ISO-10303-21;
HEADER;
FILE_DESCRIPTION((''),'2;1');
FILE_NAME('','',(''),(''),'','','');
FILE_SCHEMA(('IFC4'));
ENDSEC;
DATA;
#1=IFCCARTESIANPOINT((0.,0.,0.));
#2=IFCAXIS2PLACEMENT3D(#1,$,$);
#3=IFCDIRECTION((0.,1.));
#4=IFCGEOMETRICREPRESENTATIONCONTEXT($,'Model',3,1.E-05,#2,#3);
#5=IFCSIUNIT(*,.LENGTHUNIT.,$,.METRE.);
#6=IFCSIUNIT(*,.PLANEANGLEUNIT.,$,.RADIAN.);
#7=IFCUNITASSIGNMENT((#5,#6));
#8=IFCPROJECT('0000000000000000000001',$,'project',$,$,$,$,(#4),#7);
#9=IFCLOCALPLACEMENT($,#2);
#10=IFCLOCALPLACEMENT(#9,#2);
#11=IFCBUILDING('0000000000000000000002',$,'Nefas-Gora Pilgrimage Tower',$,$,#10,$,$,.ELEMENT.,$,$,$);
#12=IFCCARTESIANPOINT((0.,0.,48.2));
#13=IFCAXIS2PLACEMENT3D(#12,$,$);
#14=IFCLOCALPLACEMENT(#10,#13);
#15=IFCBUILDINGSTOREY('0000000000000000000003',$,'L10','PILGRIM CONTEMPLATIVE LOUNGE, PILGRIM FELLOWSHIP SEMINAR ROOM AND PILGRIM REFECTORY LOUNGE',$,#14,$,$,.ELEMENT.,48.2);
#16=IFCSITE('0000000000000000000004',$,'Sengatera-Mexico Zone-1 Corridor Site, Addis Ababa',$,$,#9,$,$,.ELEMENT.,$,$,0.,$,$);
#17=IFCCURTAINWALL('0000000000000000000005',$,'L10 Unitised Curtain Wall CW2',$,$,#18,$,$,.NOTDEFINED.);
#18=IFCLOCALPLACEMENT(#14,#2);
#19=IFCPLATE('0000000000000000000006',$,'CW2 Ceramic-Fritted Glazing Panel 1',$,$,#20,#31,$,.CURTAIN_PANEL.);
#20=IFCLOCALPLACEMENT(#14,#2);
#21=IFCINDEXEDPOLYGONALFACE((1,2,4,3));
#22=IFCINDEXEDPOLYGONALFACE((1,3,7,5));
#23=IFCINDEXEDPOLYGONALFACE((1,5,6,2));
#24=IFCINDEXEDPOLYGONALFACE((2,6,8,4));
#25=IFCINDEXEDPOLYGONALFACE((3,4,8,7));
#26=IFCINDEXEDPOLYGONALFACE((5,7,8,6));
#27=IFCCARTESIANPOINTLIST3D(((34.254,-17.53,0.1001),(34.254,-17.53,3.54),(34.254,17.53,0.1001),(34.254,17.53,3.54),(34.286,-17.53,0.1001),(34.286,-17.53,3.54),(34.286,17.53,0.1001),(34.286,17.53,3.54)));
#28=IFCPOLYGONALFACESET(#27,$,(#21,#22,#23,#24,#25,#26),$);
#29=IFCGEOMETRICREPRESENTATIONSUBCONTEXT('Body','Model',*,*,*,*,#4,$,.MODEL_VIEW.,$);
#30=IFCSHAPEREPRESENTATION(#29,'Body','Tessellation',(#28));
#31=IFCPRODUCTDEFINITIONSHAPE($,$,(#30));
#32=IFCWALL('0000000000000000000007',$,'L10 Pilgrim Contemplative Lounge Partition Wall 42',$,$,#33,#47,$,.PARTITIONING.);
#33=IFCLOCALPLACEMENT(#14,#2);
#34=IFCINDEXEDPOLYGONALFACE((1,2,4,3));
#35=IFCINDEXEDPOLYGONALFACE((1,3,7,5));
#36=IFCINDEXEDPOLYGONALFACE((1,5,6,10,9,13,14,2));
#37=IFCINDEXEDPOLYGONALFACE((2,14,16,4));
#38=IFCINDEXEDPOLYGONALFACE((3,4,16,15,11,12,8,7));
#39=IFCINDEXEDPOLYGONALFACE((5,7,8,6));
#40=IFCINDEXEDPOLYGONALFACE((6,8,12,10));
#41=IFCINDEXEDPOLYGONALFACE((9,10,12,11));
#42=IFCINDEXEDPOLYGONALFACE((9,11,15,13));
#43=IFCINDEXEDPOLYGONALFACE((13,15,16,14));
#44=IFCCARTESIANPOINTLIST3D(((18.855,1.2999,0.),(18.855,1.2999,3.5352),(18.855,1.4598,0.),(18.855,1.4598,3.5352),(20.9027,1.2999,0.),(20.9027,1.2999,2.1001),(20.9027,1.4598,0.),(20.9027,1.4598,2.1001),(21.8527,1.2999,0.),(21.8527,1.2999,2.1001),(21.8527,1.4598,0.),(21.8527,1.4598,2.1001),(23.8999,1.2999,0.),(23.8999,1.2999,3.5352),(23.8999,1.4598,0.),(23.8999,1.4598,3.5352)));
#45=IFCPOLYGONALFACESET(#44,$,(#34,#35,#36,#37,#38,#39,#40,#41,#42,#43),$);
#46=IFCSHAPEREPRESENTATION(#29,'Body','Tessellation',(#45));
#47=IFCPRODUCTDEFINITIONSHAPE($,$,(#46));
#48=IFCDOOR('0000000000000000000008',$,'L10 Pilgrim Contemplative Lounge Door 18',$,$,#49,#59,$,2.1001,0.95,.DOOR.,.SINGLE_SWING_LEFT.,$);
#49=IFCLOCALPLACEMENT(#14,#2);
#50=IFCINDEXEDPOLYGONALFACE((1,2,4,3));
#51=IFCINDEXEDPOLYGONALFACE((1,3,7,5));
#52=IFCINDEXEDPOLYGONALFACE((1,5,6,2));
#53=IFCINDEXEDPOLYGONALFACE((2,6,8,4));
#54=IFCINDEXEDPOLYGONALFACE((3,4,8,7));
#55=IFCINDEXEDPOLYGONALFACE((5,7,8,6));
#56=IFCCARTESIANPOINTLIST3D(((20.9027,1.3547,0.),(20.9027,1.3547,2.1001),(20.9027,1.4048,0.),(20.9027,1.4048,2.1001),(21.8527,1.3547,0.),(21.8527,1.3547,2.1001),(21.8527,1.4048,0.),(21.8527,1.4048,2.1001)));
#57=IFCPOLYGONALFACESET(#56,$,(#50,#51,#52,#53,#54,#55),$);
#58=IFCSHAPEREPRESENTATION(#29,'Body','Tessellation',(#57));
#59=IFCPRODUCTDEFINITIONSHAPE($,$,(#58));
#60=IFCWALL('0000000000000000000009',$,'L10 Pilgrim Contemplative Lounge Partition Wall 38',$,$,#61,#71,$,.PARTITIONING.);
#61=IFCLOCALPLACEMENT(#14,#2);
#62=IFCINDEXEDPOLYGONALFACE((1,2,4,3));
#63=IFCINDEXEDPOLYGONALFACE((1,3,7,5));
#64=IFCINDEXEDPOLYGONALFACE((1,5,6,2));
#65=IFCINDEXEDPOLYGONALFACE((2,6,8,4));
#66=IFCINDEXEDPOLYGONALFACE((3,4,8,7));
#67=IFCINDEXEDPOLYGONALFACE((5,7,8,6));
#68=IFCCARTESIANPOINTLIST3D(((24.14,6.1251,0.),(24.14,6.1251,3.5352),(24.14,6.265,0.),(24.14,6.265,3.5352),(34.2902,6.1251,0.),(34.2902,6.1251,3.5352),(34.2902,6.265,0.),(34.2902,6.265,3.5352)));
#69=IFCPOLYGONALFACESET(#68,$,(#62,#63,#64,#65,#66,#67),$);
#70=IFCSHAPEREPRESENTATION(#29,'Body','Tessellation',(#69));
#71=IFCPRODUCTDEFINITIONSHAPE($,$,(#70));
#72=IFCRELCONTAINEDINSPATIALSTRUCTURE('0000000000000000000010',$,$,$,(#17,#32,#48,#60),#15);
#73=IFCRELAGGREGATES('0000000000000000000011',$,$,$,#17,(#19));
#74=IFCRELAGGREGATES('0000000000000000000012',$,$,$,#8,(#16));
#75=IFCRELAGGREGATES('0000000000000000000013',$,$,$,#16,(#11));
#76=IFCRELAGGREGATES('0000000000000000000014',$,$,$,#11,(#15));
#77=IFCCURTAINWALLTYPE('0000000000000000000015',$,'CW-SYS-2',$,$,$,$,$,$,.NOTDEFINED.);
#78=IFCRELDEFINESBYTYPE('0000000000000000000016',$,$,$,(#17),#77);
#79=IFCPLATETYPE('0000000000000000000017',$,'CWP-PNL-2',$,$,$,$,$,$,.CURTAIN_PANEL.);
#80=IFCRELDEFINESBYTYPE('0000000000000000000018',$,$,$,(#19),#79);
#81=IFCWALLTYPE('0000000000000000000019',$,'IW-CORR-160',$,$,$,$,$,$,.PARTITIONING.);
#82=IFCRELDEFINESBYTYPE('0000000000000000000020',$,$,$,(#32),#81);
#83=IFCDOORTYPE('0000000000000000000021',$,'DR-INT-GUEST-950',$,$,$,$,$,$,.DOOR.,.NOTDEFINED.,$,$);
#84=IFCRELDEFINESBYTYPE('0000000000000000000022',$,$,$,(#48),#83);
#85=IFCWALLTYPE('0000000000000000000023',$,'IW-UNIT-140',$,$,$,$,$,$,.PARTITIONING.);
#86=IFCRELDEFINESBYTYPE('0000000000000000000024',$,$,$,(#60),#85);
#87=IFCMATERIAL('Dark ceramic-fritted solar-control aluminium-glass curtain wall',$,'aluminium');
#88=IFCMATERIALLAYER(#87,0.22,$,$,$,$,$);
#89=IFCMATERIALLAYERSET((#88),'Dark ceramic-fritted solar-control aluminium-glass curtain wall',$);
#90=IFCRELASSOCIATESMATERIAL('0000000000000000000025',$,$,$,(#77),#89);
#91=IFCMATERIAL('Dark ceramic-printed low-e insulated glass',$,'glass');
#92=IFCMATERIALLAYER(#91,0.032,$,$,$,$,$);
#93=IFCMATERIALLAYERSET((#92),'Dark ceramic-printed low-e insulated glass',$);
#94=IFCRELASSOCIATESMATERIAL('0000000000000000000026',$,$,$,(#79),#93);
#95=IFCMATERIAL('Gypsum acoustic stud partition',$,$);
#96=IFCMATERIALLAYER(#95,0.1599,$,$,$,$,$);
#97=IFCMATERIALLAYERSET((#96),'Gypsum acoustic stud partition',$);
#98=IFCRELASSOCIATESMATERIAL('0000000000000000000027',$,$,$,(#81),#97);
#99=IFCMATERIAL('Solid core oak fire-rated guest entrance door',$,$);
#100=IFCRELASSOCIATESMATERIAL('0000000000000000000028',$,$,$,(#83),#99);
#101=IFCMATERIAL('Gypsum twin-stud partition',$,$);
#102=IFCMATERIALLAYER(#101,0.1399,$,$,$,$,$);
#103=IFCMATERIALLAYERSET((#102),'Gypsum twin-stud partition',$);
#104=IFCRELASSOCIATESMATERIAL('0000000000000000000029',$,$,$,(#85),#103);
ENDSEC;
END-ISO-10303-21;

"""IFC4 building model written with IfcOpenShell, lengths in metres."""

from ifc_helpers import new_model, si_unit, direction, frame, frame_2d, origin, origin_2d, place, context, subcontext, project, spatial, rectangle, extrude, source, transform, mapped, material, layer, layer_set, type_object, element, fill, aggregate, save


model = new_model("IFC4")

# Units and contexts
model_context = context("Model", 3, precision=1e-05, world=origin(), true_north=direction((0.0, 1.0)))
body_context = subcontext(model_context, "Body", "Model", "MODEL_VIEW")
ifc_project = project(units=[si_unit("LENGTHUNIT", "METRE"), si_unit("PLANEANGLEUNIT", "RADIAN")], contexts=[model_context])

# Site, building, storey
site_placement = place(None, origin())
site = spatial("IfcSite", under=ifc_project, at=site_placement, Name="Sengatera-Mexico Zone-1 Corridor Site, Addis Ababa", CompositionType="ELEMENT", RefElevation=0.0)
building_placement = place(site_placement, origin())
building = spatial("IfcBuilding", under=site, at=building_placement, Name="Nefas-Gora Pilgrimage Tower", CompositionType="ELEMENT")
storey_placement = place(building_placement, frame((0.0, 0.0, 48.2)))
storey = spatial("IfcBuildingStorey", under=building, at=storey_placement, Name="L10", Description="PILGRIM CONTEMPLATIVE LOUNGE, PILGRIM FELLOWSHIP SEMINAR ROOM AND PILGRIM REFECTORY LOUNGE", CompositionType="ELEMENT", Elevation=48.2)

# Curtain wall, plate
ifc_material_1 = material(Name="Dark ceramic-fritted solar-control aluminium-glass curtain wall", Category="aluminium")
ifc_layer_1 = layer(ifc_material_1, 0.22)
ifc_layer_set_1 = layer_set([ifc_layer_1], Name="Dark ceramic-fritted solar-control aluminium-glass curtain wall")
curtain_wall_type = type_object("IfcCurtainWallType", Name="CW-SYS-2", PredefinedType="NOTDEFINED", material=ifc_layer_set_1)
curtain_wall_placement = place(storey_placement, origin())
curtain_wall = element("IfcCurtainWall", 1, at=curtain_wall_placement, inside=storey, type_object=curtain_wall_type, Name="L10 Unitised Curtain Wall CW2", PredefinedType="NOTDEFINED")
ifc_material_2 = material(Name="Dark ceramic-printed low-e insulated glass", Category="glass")
ifc_layer_2 = layer(ifc_material_2, 0.032)
ifc_layer_set_2 = layer_set([ifc_layer_2], Name="Dark ceramic-printed low-e insulated glass")
plate_type = type_object("IfcPlateType", Name="CWP-PNL-2", PredefinedType="CURTAIN_PANEL", material=ifc_layer_set_2)
shared_shape_1 = source(origin(), body_context, "Body", "SweptSolid", [
    extrude(rectangle(XDim=35.0601, YDim=0.032, at=origin_2d()), origin(), (0.0, 0.0, 1.0), 3.4399),
])
plate_placement = place(storey_placement, frame((34.27, 0.0, 0.1001), z_axis=(0.0, 0.0, 1.0), x_axis=(0.0, 1.0, 0.0)))
plate = element("IfcPlate", 2, at=plate_placement, type_object=plate_type, Name="CW2 Ceramic-Fritted Glazing Panel 1", PredefinedType="CURTAIN_PANEL", context=body_context, shape_type="MappedRepresentation", body=[
    mapped(shared_shape_1, transform((0.0, 0.0, 0.0), x_axis=(1.0, 0.0, 0.0), y_axis=(0.0, 1.0, 0.0), z_axis=(0.0, 0.0, 1.0), scale=1.0)),
])
aggregate(curtain_wall, [plate])

# Wall, opening, door
ifc_material_3 = material(Name="Gypsum acoustic stud partition")
ifc_layer_3 = layer(ifc_material_3, 0.1599)
ifc_layer_set_3 = layer_set([ifc_layer_3], Name="Gypsum acoustic stud partition")
wall_type_1 = type_object("IfcWallType", Name="IW-CORR-160", PredefinedType="PARTITIONING", material=ifc_layer_set_3)
shared_shape_2 = source(origin(), body_context, "Body", "SweptSolid", [
    extrude(rectangle(XDim=5.0449, YDim=0.1599, at=frame_2d((2.5225, 0.0))), origin(), (0.0, 0.0, 1.0), 3.5352),
])
wall_1_placement = place(storey_placement, frame((18.855, 1.3799, 0.0), z_axis=(0.0, 0.0, 1.0), x_axis=(1.0, 0.0, 0.0)))
wall_1 = element("IfcWall", 3, at=wall_1_placement, inside=storey, type_object=wall_type_1, Name="L10 Pilgrim Contemplative Lounge Partition Wall 42", PredefinedType="PARTITIONING", context=body_context, shape_type="MappedRepresentation", body=[
    mapped(shared_shape_2, transform((0.0, 0.0, 0.0), x_axis=(1.0, 0.0, 0.0), y_axis=(0.0, 1.0, 0.0), z_axis=(0.0, 0.0, 1.0), scale=1.0)),
])
opening_placement = place(wall_1_placement, frame((2.0476, 0.0, 0.0)))
opening = element("IfcOpeningElement", 4, at=opening_placement, cuts=wall_1, PredefinedType="OPENING", context=body_context, shape_type="SweptSolid", body=[
    extrude(rectangle(XDim=0.95, YDim=2.1001, at=frame_2d((0.4751, 1.05))), frame((0.0, 0.0898, 0.0), z_axis=(0.0, -1.0, 0.0), x_axis=(1.0, 0.0, 0.0)), (0.0, 0.0, 1.0), 0.1799),
])
ifc_material_4 = material(Name="Solid core oak fire-rated guest entrance door")
door_type = type_object("IfcDoorType", Name="DR-INT-GUEST-950", OperationType="NOTDEFINED", PredefinedType="DOOR", material=ifc_material_4)
shared_shape_3 = source(origin(), body_context, "Body", "SweptSolid", [
    extrude(rectangle(XDim=0.95, YDim=2.1001, at=frame_2d((0.4751, 1.05))), frame((0.0, 0.0249, 0.0), z_axis=(0.0, -1.0, 0.0), x_axis=(1.0, 0.0, 0.0)), (0.0, 0.0, 1.0), 0.05),
])
door_placement = place(opening_placement, origin())
door = element("IfcDoor", 5, at=door_placement, inside=storey, type_object=door_type, Name="L10 Pilgrim Contemplative Lounge Door 18", OperationType="SINGLE_SWING_LEFT", OverallHeight=2.1001, OverallWidth=0.95, PredefinedType="DOOR", context=body_context, shape_type="MappedRepresentation", body=[
    mapped(shared_shape_3, transform((0.0, 0.0, 0.0), x_axis=(1.0, 0.0, 0.0), y_axis=(0.0, 1.0, 0.0), z_axis=(0.0, 0.0, 1.0), scale=1.0)),
])
fill(opening, door)

# Wall
ifc_material_5 = material(Name="Gypsum twin-stud partition")
ifc_layer_4 = layer(ifc_material_5, 0.1399)
ifc_layer_set_4 = layer_set([ifc_layer_4], Name="Gypsum twin-stud partition")
wall_type_2 = type_object("IfcWallType", Name="IW-UNIT-140", PredefinedType="PARTITIONING", material=ifc_layer_set_4)
shared_shape_4 = source(origin(), body_context, "Body", "SweptSolid", [
    extrude(rectangle(XDim=10.1501, YDim=0.1399, at=frame_2d((5.0752, 0.0))), origin(), (0.0, 0.0, 1.0), 3.5352),
])
wall_2_placement = place(storey_placement, frame((24.1399, 6.1951, 0.0), z_axis=(0.0, 0.0, 1.0), x_axis=(1.0, 0.0, 0.0)))
element("IfcWall", 6, at=wall_2_placement, inside=storey, type_object=wall_type_2, Name="L10 Pilgrim Contemplative Lounge Partition Wall 38", PredefinedType="PARTITIONING", context=body_context, shape_type="MappedRepresentation", body=[
    mapped(shared_shape_4, transform((0.0, 0.0, 0.0), x_axis=(1.0, 0.0, 0.0), y_axis=(0.0, 1.0, 0.0), z_axis=(0.0, 0.0, 1.0), scale=1.0)),
])

save(model, "model.ifc")
